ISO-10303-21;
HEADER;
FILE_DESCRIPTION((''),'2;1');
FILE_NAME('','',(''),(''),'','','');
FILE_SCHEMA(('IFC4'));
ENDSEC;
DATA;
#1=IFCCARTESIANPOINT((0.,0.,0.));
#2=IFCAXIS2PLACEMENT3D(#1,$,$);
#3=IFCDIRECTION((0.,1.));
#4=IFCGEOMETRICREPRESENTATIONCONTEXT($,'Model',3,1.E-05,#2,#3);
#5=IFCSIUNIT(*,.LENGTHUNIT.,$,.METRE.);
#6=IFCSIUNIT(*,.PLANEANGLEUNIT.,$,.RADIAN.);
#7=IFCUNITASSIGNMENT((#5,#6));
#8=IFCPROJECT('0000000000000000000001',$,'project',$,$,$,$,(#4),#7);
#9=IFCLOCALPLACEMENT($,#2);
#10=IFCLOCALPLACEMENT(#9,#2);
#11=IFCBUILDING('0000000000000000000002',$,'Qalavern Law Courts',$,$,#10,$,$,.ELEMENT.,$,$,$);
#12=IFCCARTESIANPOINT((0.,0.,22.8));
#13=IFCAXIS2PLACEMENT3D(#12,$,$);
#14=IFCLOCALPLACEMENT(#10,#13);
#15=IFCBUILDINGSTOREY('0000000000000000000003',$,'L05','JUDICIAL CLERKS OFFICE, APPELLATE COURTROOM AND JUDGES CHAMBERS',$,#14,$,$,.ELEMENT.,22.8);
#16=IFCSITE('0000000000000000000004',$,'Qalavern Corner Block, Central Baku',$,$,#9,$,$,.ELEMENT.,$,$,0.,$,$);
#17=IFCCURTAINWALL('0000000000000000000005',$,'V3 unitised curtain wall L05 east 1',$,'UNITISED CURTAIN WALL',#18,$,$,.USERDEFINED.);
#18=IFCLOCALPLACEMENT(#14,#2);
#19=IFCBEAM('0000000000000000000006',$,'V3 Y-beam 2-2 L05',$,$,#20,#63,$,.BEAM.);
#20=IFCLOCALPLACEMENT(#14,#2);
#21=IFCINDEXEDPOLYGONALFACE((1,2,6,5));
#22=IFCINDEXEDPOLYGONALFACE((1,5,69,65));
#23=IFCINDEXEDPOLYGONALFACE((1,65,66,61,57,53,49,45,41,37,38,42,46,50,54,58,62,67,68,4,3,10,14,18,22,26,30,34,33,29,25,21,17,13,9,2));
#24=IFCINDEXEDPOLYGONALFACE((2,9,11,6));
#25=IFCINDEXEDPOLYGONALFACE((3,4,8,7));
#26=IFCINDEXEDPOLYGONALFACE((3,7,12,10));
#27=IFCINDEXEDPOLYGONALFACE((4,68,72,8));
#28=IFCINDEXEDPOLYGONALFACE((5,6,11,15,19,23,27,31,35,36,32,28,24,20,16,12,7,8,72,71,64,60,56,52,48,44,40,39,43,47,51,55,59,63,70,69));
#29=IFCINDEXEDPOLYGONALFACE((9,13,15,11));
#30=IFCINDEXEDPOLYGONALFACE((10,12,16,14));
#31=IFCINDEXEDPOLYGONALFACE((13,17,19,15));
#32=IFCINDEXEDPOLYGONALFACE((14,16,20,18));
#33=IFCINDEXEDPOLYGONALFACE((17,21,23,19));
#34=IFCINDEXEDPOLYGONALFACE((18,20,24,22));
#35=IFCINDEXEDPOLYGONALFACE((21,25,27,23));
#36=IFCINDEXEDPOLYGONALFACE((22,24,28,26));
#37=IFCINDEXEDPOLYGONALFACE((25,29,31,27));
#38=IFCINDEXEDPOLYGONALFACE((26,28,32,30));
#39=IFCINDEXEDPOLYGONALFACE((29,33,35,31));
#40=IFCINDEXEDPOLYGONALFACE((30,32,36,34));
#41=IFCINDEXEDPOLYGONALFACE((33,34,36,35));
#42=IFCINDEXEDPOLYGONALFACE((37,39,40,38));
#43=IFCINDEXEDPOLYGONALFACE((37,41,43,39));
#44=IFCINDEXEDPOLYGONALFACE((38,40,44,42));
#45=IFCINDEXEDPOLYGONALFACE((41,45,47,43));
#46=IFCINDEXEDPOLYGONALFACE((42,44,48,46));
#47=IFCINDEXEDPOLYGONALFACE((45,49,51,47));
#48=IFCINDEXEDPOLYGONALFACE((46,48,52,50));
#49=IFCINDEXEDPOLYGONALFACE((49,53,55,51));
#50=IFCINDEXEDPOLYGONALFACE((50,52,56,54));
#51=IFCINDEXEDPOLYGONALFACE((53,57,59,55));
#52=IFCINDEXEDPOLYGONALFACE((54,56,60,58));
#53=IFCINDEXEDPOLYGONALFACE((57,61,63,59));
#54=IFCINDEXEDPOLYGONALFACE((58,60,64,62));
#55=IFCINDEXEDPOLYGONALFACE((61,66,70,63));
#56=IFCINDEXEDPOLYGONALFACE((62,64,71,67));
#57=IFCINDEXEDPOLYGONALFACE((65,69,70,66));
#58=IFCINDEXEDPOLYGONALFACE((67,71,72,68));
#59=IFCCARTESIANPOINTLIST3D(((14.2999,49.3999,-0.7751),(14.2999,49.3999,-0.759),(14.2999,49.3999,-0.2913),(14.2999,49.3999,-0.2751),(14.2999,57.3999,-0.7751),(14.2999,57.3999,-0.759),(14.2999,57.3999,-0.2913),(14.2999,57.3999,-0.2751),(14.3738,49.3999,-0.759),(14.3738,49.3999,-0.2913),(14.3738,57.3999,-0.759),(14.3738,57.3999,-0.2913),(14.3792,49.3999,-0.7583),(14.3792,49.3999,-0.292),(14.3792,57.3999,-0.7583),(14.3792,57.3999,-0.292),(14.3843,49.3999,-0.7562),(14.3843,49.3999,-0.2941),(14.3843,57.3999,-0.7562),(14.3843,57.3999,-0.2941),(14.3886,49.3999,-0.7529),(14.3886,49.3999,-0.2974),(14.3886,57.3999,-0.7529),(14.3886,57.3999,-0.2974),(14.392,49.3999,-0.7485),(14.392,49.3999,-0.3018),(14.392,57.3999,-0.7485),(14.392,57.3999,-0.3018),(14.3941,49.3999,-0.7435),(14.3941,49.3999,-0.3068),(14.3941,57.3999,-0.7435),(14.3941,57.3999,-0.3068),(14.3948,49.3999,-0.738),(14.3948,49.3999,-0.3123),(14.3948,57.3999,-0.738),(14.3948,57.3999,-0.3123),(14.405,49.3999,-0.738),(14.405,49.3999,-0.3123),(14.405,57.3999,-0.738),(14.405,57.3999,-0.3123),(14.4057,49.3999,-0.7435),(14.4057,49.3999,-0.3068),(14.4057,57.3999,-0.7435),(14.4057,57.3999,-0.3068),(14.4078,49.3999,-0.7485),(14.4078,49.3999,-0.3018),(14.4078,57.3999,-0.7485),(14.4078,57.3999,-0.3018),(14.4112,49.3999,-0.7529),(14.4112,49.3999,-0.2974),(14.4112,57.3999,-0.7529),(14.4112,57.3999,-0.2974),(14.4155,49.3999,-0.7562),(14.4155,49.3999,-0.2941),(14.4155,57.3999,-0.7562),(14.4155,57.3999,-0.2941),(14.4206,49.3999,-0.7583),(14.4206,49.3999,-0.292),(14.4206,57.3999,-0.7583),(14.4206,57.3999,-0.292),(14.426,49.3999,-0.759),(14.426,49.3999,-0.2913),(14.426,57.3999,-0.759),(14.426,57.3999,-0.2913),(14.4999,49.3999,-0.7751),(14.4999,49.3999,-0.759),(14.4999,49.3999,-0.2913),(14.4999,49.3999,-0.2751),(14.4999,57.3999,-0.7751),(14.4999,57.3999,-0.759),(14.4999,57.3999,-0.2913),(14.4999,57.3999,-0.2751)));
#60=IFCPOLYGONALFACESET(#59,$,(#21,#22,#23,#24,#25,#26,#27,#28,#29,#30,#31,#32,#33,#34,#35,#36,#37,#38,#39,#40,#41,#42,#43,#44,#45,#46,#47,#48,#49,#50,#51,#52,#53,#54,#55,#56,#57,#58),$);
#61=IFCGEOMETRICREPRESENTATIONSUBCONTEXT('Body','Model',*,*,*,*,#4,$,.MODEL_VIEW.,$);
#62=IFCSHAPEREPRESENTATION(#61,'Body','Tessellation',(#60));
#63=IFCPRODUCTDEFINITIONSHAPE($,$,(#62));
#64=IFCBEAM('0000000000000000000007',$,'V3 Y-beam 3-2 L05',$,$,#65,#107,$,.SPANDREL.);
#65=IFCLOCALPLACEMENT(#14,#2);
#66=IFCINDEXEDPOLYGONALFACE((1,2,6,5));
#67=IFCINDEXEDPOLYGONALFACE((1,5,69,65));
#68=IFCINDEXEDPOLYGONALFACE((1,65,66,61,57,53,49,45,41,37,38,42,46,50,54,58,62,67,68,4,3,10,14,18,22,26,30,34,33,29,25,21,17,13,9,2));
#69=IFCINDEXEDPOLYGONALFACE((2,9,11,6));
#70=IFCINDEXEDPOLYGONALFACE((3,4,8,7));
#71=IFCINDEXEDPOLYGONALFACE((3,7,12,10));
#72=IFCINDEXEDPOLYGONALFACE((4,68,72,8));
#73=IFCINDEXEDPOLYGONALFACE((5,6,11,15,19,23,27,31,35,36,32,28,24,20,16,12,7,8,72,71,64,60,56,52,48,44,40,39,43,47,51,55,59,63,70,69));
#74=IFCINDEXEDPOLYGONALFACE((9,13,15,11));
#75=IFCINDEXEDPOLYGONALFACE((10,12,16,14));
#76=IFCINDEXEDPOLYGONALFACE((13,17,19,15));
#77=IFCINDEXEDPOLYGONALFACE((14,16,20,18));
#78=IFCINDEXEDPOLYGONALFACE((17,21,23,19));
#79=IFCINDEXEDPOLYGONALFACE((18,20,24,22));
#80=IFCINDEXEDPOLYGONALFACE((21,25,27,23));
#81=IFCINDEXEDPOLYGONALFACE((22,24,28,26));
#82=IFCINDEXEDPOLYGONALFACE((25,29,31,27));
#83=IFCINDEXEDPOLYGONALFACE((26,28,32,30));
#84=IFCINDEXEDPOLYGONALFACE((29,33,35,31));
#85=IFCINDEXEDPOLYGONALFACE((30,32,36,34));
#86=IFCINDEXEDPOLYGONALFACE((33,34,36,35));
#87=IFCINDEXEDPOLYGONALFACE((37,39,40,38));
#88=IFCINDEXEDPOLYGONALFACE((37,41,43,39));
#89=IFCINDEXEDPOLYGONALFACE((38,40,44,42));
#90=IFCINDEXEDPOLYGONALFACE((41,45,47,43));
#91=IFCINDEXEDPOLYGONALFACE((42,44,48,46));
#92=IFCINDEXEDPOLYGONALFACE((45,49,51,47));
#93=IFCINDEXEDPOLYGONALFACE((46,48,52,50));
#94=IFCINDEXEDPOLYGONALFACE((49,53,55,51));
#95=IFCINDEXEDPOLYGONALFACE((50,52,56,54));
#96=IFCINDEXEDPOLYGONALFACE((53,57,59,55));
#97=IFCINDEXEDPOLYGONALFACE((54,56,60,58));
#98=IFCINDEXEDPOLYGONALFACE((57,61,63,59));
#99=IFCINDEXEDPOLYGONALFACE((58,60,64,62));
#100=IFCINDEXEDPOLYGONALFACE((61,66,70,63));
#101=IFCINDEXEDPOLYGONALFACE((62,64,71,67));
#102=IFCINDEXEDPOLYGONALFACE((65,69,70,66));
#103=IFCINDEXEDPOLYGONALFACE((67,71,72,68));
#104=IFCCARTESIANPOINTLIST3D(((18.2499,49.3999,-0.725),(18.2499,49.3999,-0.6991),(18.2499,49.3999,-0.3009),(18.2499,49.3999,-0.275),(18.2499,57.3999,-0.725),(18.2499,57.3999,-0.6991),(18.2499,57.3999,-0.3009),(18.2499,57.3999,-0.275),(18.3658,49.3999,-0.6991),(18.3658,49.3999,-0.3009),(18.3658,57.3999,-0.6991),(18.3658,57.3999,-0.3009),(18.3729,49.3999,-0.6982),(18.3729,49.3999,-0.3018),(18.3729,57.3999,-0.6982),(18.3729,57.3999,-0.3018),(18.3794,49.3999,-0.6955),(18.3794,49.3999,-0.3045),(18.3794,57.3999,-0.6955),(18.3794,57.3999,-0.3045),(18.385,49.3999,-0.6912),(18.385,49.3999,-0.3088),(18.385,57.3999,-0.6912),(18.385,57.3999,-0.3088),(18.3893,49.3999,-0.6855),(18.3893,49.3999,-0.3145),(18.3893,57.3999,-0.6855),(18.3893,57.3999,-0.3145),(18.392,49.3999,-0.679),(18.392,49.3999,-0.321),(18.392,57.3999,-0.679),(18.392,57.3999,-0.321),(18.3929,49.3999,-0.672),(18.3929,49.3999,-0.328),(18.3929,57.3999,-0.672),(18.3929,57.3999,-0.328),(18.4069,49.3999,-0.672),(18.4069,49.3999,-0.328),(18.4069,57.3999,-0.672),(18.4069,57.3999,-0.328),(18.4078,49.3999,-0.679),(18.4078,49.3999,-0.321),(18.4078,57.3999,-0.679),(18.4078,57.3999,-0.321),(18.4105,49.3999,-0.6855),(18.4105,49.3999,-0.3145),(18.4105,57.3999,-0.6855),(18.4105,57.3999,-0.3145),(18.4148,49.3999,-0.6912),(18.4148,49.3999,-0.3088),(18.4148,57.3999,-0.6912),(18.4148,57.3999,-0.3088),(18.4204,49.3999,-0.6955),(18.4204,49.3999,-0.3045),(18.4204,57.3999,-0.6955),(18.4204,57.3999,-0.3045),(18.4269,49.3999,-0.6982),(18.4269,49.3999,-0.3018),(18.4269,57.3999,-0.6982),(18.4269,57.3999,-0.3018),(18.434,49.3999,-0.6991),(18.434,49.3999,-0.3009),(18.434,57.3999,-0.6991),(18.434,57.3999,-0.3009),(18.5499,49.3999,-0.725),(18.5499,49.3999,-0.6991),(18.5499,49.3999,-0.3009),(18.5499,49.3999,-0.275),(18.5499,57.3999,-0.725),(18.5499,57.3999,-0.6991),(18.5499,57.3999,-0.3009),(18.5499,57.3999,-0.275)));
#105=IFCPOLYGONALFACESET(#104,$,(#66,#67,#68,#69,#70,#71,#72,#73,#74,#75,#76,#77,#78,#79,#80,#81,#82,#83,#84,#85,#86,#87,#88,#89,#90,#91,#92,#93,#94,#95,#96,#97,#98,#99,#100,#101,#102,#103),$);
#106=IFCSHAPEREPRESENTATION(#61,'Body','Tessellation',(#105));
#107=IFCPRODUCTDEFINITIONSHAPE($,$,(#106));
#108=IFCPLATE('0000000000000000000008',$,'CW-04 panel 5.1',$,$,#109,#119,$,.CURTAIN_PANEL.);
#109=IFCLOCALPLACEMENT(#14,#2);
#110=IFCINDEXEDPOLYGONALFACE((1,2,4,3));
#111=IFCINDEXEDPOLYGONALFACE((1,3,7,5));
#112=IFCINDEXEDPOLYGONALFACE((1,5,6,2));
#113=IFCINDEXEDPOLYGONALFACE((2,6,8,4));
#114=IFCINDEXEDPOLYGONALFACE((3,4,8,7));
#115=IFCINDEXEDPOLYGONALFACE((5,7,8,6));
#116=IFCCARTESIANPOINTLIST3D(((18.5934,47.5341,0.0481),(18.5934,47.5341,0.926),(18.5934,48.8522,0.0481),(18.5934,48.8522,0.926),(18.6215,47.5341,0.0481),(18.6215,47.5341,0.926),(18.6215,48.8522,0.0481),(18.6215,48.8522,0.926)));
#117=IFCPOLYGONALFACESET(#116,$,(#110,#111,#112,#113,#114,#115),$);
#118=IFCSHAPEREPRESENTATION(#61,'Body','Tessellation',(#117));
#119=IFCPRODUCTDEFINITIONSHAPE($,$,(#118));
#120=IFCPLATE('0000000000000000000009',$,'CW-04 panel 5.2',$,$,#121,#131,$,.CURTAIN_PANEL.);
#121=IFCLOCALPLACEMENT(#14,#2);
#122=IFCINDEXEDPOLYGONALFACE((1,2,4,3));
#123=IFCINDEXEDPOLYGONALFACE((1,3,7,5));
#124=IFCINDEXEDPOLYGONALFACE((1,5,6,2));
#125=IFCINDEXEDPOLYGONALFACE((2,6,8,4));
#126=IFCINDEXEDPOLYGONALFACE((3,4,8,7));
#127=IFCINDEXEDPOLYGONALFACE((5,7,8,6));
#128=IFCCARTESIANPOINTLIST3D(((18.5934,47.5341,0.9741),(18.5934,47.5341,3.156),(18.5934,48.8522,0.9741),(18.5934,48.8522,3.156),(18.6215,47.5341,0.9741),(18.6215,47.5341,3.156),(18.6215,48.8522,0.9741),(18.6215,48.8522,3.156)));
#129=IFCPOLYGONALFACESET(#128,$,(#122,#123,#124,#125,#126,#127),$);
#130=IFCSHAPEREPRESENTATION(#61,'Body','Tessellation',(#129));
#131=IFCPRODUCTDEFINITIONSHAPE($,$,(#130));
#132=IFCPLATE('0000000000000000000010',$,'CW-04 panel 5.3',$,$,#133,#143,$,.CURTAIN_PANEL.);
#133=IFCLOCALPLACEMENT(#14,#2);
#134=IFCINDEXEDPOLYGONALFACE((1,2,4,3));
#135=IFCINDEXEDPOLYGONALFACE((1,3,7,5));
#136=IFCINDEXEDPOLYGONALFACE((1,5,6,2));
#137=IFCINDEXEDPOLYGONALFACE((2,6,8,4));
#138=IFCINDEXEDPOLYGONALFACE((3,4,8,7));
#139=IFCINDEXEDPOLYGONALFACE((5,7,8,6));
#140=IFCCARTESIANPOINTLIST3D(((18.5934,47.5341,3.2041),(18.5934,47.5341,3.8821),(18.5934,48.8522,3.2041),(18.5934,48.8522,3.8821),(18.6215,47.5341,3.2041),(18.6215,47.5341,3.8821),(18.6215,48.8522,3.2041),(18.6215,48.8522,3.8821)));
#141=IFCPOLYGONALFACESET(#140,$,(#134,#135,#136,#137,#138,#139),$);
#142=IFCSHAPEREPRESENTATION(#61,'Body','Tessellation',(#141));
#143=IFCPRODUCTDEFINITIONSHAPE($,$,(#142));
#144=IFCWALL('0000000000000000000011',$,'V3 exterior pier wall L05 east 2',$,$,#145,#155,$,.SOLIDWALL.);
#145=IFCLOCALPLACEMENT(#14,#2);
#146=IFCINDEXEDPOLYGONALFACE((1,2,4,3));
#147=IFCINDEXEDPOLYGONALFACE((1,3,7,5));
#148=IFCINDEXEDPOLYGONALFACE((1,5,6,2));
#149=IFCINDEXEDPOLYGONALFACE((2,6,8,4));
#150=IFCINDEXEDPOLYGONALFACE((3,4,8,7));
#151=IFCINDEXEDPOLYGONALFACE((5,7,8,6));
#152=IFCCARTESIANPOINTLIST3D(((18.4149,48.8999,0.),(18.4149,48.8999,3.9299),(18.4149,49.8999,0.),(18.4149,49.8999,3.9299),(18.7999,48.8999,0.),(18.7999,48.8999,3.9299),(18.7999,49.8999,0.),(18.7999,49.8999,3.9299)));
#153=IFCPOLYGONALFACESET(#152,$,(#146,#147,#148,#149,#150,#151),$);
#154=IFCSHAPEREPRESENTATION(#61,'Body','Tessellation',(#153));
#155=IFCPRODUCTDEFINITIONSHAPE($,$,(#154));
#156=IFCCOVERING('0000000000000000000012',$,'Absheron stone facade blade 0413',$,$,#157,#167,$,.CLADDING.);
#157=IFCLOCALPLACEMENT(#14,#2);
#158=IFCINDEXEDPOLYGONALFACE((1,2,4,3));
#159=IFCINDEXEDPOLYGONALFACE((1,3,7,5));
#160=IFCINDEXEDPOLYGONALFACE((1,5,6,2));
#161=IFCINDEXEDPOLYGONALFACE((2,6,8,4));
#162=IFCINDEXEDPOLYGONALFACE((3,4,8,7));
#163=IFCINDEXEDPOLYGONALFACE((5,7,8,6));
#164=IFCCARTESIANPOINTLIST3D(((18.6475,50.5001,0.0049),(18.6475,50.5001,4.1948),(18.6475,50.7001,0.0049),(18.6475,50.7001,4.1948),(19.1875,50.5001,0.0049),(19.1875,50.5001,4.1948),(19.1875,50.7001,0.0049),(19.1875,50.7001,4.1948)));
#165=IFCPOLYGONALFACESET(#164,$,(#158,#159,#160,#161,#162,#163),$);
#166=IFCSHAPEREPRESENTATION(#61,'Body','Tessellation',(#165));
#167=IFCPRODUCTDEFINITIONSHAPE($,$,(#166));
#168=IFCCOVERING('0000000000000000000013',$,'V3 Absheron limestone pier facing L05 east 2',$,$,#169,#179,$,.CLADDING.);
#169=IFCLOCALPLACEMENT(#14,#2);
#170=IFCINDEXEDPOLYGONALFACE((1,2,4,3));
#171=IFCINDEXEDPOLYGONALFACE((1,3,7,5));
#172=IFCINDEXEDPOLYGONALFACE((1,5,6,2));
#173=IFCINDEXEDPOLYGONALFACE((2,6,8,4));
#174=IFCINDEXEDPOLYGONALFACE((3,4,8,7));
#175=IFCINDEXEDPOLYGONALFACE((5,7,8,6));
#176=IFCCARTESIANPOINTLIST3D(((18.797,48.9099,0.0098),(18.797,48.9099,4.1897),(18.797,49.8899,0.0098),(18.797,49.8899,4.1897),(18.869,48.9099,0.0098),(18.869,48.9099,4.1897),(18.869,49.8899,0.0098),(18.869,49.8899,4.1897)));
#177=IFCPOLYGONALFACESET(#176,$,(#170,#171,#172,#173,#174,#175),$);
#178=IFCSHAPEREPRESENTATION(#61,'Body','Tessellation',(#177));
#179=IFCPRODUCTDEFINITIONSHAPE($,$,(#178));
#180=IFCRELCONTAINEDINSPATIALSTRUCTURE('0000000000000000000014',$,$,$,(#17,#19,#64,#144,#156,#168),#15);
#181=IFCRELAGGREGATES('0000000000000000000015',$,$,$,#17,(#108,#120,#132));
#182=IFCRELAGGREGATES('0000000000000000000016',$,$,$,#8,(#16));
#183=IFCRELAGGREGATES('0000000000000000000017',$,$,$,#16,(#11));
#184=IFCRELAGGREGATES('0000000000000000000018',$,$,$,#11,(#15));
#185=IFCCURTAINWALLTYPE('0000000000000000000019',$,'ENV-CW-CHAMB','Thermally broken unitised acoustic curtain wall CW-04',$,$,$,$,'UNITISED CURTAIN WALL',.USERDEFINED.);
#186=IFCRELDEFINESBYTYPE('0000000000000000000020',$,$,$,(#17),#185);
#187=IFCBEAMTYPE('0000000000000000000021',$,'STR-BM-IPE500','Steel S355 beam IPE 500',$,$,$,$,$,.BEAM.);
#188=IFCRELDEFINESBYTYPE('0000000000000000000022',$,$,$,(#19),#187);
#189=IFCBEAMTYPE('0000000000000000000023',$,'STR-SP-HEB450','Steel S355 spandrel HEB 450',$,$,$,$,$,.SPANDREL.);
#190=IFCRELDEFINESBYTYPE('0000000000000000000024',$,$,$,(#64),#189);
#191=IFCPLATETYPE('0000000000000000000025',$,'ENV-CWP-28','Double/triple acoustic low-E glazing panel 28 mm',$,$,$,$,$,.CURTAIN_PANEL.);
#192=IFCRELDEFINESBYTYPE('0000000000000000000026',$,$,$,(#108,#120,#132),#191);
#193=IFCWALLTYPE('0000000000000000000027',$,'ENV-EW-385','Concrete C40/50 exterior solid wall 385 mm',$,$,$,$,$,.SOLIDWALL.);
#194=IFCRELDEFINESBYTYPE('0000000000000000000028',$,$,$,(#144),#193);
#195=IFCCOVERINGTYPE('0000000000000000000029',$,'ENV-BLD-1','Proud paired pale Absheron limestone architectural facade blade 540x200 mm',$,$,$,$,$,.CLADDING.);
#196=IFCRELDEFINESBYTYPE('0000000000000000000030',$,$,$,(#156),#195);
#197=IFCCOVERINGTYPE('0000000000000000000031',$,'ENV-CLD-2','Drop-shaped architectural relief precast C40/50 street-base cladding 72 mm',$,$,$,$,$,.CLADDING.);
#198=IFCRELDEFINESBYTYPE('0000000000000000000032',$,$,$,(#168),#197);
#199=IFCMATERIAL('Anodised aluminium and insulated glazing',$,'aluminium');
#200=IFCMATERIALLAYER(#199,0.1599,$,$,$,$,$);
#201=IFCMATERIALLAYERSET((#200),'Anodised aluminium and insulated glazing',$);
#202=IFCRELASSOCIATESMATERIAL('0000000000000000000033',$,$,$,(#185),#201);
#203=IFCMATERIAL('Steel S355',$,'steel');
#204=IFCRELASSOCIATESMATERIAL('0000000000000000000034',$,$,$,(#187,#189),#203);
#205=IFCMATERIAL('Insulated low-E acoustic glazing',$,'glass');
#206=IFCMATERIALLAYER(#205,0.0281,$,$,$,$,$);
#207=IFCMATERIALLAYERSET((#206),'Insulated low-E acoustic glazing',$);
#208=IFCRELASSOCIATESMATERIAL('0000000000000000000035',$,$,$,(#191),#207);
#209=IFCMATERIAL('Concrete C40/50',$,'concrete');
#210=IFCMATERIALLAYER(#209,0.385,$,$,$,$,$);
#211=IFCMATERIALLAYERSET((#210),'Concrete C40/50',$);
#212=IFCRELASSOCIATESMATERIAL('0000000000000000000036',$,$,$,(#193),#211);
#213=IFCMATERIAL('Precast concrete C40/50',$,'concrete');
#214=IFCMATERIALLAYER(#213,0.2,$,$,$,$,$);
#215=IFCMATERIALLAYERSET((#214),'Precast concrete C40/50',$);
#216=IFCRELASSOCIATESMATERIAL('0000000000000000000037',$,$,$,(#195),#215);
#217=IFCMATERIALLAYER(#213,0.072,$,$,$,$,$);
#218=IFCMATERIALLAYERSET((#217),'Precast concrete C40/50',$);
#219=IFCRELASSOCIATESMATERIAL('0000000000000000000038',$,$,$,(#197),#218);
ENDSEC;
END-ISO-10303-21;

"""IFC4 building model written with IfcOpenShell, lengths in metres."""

from ifc_helpers import new_model, si_unit, direction, frame, frame_2d, origin, origin_2d, place, context, subcontext, project, spatial, rectangle, i_section, extrude, material, layer, layer_set, material_profile, profile_set, type_object, element, aggregate, save


model = new_model("IFC4")

# Units and contexts
model_context = context("Model", 3, precision=1e-05, world=origin(), true_north=direction((0.0, 1.0)))
body_context = subcontext(model_context, "Body", "Model", "MODEL_VIEW")
ifc_project = project(units=[si_unit("LENGTHUNIT", "METRE"), si_unit("PLANEANGLEUNIT", "RADIAN")], contexts=[model_context])

# Site, building, storey
site_placement = place(None, origin())
site = spatial("IfcSite", under=ifc_project, at=site_placement, Name="Qalavern Corner Block, Central Baku", CompositionType="ELEMENT", RefElevation=0.0)
building_placement = place(site_placement, origin())
building = spatial("IfcBuilding", under=site, at=building_placement, Name="Qalavern Law Courts", CompositionType="ELEMENT")
storey_placement = place(building_placement, frame((0.0, 0.0, 22.8)))
storey = spatial("IfcBuildingStorey", under=building, at=storey_placement, Name="L05", Description="JUDICIAL CLERKS OFFICE, APPELLATE COURTROOM AND JUDGES CHAMBERS", CompositionType="ELEMENT", Elevation=22.8)

# Curtain wall
ifc_material_1 = material(Name="Anodised aluminium and insulated glazing", Category="aluminium")
ifc_layer_1 = layer(ifc_material_1, 0.1599)
ifc_layer_set_1 = layer_set([ifc_layer_1], Name="Anodised aluminium and insulated glazing")
curtain_wall_type = type_object("IfcCurtainWallType", Name="ENV-CW-CHAMB", Description="Thermally broken unitised acoustic curtain wall CW-04", ElementType="UNITISED CURTAIN WALL", PredefinedType="USERDEFINED", material=ifc_layer_set_1)
curtain_wall_1_placement = place(storey_placement, origin())
curtain_wall_1 = element("IfcCurtainWall", 1, at=curtain_wall_1_placement, inside=storey, type_object=curtain_wall_type, Name="V3 unitised curtain wall L05 east 1", ObjectType="UNITISED CURTAIN WALL", PredefinedType="USERDEFINED")

# Beams
ifc_material_2 = material(Name="Steel S355", Category="steel")
ifc_material_profile_1 = material_profile(ifc_material_2, i_section(OverallWidth=0.2, OverallDepth=0.5, WebThickness=0.0103, FlangeThickness=0.0161, FilletRadius=0.021, at=origin_2d()), Name="IPE 500")
ifc_profile_set_1 = profile_set([ifc_material_profile_1], Name="Steel S355")
beam_type_1 = type_object("IfcBeamType", Name="STR-BM-IPE500", Description="Steel S355 beam IPE 500", PredefinedType="BEAM", material=ifc_profile_set_1)
beam_1_placement = place(storey_placement, frame((14.3999, 49.3999, -0.5251), z_axis=(0.0, 1.0, 0.0), x_axis=(-1.0, 0.0, 0.0)))
element("IfcBeam", 2, at=beam_1_placement, inside=storey, type_object=beam_type_1, Name="V3 Y-beam 2-2 L05", PredefinedType="BEAM", context=body_context, shape_type="SweptSolid", body=[
    extrude(i_section(OverallWidth=0.2, OverallDepth=0.5, WebThickness=0.0103, FlangeThickness=0.0161, FilletRadius=0.021, at=origin_2d()), origin(), (0.0, 0.0, 1.0), 8.0),
])
ifc_material_profile_2 = material_profile(ifc_material_2, i_section(OverallWidth=0.3, OverallDepth=0.45, WebThickness=0.0139, FlangeThickness=0.0259, FilletRadius=0.0271, at=origin_2d()), Name="HEB 450")
ifc_profile_set_2 = profile_set([ifc_material_profile_2], Name="Steel S355")
beam_type_2 = type_object("IfcBeamType", Name="STR-SP-HEB450", Description="Steel S355 spandrel HEB 450", PredefinedType="SPANDREL", material=ifc_profile_set_2)
beam_2_placement = place(storey_placement, frame((18.3999, 49.3999, -0.5), z_axis=(0.0, 1.0, 0.0), x_axis=(-1.0, 0.0, 0.0)))
element("IfcBeam", 3, at=beam_2_placement, inside=storey, type_object=beam_type_2, Name="V3 Y-beam 3-2 L05", PredefinedType="SPANDREL", context=body_context, shape_type="SweptSolid", body=[
    extrude(i_section(OverallWidth=0.3, OverallDepth=0.45, WebThickness=0.0139, FlangeThickness=0.0259, FilletRadius=0.0271, at=origin_2d()), origin(), (0.0, 0.0, 1.0), 8.0),
])

# Plates
ifc_material_3 = material(Name="Insulated low-E acoustic glazing", Category="glass")
ifc_layer_2 = layer(ifc_material_3, 0.0281)
ifc_layer_set_2 = layer_set([ifc_layer_2], Name="Insulated low-E acoustic glazing")
plate_type = type_object("IfcPlateType", Name="ENV-CWP-28", Description="Double/triple acoustic low-E glazing panel 28 mm", PredefinedType="CURTAIN_PANEL", material=ifc_layer_set_2)
plate_1_placement = place(storey_placement, frame((18.6074, 48.1931, 0.0481), z_axis=(0.0, 0.0, 1.0), x_axis=(0.0, 1.0, 0.0)))
plate_1 = element("IfcPlate", 4, at=plate_1_placement, type_object=plate_type, Name="CW-04 panel 5.1", PredefinedType="CURTAIN_PANEL", context=body_context, shape_type="SweptSolid", body=[
    extrude(rectangle(XDim=1.3181, YDim=0.0281, at=origin_2d()), origin(), (0.0, 0.0, 1.0), 0.8779),
])
plate_2_placement = place(storey_placement, frame((18.6074, 48.1931, 0.9741), z_axis=(0.0, 0.0, 1.0), x_axis=(0.0, 1.0, 0.0)))
plate_2 = element("IfcPlate", 5, at=plate_2_placement, type_object=plate_type, Name="CW-04 panel 5.2", PredefinedType="CURTAIN_PANEL", context=body_context, shape_type="SweptSolid", body=[
    extrude(rectangle(XDim=1.3181, YDim=0.0281, at=origin_2d()), origin(), (0.0, 0.0, 1.0), 2.1819),
])
plate_3_placement = place(storey_placement, frame((18.6074, 48.1931, 3.2041), z_axis=(0.0, 0.0, 1.0), x_axis=(0.0, 1.0, 0.0)))
plate_3 = element("IfcPlate", 6, at=plate_3_placement, type_object=plate_type, Name="CW-04 panel 5.3", PredefinedType="CURTAIN_PANEL", context=body_context, shape_type="SweptSolid", body=[
    extrude(rectangle(XDim=1.3181, YDim=0.0281, at=origin_2d()), origin(), (0.0, 0.0, 1.0), 0.678),
])
aggregate(curtain_wall_1, [plate_1, plate_2, plate_3])

# Wall
ifc_material_4 = material(Name="Concrete C40/50", Category="concrete")
ifc_layer_3 = layer(ifc_material_4, 0.385)
ifc_layer_set_3 = layer_set([ifc_layer_3], Name="Concrete C40/50")
wall_type = type_object("IfcWallType", Name="ENV-EW-385", Description="Concrete C40/50 exterior solid wall 385 mm", PredefinedType="SOLIDWALL", material=ifc_layer_set_3)
wall_placement = place(storey_placement, frame((18.6074, 48.8999, 0.0), z_axis=(0.0, 0.0, 1.0), x_axis=(0.0, 1.0, 0.0)))
element("IfcWall", 7, at=wall_placement, inside=storey, type_object=wall_type, Name="V3 exterior pier wall L05 east 2", PredefinedType="SOLIDWALL", context=body_context, shape_type="SweptSolid", body=[
    extrude(rectangle(XDim=1.0, YDim=0.385, at=frame_2d((0.5, 0.0))), origin(), (0.0, 0.0, 1.0), 3.9299),
])

# Coverings
ifc_material_5 = material(Name="Precast concrete C40/50", Category="concrete")
ifc_layer_4 = layer(ifc_material_5, 0.2)
ifc_layer_set_4 = layer_set([ifc_layer_4], Name="Precast concrete C40/50")
covering_type_1 = type_object("IfcCoveringType", Name="ENV-BLD-1", Description="Proud paired pale Absheron limestone architectural facade blade 540x200 mm", PredefinedType="CLADDING", material=ifc_layer_set_4)
covering_1_placement = place(storey_placement, frame((18.9175, 50.6001, 0.0049), z_axis=(0.0, 0.0, 1.0), x_axis=(1.0, 0.0, 0.0)))
element("IfcCovering", 8, at=covering_1_placement, inside=storey, type_object=covering_type_1, Name="Absheron stone facade blade 0413", PredefinedType="CLADDING", context=body_context, shape_type="SweptSolid", body=[
    extrude(rectangle(XDim=0.54, YDim=0.2, at=origin_2d()), origin(), (0.0, 0.0, 1.0), 4.1899),
])
ifc_layer_5 = layer(ifc_material_5, 0.072)
ifc_layer_set_5 = layer_set([ifc_layer_5], Name="Precast concrete C40/50")
covering_type_2 = type_object("IfcCoveringType", Name="ENV-CLD-2", Description="Drop-shaped architectural relief precast C40/50 street-base cladding 72 mm", PredefinedType="CLADDING", material=ifc_layer_set_5)
covering_2_placement = place(storey_placement, frame((18.833, 49.3999, 0.0098), z_axis=(0.0, 0.0, 1.0), x_axis=(0.0, 1.0, 0.0)))
element("IfcCovering", 9, at=covering_2_placement, inside=storey, type_object=covering_type_2, Name="V3 Absheron limestone pier facing L05 east 2", PredefinedType="CLADDING", context=body_context, shape_type="SweptSolid", body=[
    extrude(rectangle(XDim=0.98, YDim=0.072, at=origin_2d()), origin(), (0.0, 0.0, 1.0), 4.1799),
])

save(model, "model.ifc")
